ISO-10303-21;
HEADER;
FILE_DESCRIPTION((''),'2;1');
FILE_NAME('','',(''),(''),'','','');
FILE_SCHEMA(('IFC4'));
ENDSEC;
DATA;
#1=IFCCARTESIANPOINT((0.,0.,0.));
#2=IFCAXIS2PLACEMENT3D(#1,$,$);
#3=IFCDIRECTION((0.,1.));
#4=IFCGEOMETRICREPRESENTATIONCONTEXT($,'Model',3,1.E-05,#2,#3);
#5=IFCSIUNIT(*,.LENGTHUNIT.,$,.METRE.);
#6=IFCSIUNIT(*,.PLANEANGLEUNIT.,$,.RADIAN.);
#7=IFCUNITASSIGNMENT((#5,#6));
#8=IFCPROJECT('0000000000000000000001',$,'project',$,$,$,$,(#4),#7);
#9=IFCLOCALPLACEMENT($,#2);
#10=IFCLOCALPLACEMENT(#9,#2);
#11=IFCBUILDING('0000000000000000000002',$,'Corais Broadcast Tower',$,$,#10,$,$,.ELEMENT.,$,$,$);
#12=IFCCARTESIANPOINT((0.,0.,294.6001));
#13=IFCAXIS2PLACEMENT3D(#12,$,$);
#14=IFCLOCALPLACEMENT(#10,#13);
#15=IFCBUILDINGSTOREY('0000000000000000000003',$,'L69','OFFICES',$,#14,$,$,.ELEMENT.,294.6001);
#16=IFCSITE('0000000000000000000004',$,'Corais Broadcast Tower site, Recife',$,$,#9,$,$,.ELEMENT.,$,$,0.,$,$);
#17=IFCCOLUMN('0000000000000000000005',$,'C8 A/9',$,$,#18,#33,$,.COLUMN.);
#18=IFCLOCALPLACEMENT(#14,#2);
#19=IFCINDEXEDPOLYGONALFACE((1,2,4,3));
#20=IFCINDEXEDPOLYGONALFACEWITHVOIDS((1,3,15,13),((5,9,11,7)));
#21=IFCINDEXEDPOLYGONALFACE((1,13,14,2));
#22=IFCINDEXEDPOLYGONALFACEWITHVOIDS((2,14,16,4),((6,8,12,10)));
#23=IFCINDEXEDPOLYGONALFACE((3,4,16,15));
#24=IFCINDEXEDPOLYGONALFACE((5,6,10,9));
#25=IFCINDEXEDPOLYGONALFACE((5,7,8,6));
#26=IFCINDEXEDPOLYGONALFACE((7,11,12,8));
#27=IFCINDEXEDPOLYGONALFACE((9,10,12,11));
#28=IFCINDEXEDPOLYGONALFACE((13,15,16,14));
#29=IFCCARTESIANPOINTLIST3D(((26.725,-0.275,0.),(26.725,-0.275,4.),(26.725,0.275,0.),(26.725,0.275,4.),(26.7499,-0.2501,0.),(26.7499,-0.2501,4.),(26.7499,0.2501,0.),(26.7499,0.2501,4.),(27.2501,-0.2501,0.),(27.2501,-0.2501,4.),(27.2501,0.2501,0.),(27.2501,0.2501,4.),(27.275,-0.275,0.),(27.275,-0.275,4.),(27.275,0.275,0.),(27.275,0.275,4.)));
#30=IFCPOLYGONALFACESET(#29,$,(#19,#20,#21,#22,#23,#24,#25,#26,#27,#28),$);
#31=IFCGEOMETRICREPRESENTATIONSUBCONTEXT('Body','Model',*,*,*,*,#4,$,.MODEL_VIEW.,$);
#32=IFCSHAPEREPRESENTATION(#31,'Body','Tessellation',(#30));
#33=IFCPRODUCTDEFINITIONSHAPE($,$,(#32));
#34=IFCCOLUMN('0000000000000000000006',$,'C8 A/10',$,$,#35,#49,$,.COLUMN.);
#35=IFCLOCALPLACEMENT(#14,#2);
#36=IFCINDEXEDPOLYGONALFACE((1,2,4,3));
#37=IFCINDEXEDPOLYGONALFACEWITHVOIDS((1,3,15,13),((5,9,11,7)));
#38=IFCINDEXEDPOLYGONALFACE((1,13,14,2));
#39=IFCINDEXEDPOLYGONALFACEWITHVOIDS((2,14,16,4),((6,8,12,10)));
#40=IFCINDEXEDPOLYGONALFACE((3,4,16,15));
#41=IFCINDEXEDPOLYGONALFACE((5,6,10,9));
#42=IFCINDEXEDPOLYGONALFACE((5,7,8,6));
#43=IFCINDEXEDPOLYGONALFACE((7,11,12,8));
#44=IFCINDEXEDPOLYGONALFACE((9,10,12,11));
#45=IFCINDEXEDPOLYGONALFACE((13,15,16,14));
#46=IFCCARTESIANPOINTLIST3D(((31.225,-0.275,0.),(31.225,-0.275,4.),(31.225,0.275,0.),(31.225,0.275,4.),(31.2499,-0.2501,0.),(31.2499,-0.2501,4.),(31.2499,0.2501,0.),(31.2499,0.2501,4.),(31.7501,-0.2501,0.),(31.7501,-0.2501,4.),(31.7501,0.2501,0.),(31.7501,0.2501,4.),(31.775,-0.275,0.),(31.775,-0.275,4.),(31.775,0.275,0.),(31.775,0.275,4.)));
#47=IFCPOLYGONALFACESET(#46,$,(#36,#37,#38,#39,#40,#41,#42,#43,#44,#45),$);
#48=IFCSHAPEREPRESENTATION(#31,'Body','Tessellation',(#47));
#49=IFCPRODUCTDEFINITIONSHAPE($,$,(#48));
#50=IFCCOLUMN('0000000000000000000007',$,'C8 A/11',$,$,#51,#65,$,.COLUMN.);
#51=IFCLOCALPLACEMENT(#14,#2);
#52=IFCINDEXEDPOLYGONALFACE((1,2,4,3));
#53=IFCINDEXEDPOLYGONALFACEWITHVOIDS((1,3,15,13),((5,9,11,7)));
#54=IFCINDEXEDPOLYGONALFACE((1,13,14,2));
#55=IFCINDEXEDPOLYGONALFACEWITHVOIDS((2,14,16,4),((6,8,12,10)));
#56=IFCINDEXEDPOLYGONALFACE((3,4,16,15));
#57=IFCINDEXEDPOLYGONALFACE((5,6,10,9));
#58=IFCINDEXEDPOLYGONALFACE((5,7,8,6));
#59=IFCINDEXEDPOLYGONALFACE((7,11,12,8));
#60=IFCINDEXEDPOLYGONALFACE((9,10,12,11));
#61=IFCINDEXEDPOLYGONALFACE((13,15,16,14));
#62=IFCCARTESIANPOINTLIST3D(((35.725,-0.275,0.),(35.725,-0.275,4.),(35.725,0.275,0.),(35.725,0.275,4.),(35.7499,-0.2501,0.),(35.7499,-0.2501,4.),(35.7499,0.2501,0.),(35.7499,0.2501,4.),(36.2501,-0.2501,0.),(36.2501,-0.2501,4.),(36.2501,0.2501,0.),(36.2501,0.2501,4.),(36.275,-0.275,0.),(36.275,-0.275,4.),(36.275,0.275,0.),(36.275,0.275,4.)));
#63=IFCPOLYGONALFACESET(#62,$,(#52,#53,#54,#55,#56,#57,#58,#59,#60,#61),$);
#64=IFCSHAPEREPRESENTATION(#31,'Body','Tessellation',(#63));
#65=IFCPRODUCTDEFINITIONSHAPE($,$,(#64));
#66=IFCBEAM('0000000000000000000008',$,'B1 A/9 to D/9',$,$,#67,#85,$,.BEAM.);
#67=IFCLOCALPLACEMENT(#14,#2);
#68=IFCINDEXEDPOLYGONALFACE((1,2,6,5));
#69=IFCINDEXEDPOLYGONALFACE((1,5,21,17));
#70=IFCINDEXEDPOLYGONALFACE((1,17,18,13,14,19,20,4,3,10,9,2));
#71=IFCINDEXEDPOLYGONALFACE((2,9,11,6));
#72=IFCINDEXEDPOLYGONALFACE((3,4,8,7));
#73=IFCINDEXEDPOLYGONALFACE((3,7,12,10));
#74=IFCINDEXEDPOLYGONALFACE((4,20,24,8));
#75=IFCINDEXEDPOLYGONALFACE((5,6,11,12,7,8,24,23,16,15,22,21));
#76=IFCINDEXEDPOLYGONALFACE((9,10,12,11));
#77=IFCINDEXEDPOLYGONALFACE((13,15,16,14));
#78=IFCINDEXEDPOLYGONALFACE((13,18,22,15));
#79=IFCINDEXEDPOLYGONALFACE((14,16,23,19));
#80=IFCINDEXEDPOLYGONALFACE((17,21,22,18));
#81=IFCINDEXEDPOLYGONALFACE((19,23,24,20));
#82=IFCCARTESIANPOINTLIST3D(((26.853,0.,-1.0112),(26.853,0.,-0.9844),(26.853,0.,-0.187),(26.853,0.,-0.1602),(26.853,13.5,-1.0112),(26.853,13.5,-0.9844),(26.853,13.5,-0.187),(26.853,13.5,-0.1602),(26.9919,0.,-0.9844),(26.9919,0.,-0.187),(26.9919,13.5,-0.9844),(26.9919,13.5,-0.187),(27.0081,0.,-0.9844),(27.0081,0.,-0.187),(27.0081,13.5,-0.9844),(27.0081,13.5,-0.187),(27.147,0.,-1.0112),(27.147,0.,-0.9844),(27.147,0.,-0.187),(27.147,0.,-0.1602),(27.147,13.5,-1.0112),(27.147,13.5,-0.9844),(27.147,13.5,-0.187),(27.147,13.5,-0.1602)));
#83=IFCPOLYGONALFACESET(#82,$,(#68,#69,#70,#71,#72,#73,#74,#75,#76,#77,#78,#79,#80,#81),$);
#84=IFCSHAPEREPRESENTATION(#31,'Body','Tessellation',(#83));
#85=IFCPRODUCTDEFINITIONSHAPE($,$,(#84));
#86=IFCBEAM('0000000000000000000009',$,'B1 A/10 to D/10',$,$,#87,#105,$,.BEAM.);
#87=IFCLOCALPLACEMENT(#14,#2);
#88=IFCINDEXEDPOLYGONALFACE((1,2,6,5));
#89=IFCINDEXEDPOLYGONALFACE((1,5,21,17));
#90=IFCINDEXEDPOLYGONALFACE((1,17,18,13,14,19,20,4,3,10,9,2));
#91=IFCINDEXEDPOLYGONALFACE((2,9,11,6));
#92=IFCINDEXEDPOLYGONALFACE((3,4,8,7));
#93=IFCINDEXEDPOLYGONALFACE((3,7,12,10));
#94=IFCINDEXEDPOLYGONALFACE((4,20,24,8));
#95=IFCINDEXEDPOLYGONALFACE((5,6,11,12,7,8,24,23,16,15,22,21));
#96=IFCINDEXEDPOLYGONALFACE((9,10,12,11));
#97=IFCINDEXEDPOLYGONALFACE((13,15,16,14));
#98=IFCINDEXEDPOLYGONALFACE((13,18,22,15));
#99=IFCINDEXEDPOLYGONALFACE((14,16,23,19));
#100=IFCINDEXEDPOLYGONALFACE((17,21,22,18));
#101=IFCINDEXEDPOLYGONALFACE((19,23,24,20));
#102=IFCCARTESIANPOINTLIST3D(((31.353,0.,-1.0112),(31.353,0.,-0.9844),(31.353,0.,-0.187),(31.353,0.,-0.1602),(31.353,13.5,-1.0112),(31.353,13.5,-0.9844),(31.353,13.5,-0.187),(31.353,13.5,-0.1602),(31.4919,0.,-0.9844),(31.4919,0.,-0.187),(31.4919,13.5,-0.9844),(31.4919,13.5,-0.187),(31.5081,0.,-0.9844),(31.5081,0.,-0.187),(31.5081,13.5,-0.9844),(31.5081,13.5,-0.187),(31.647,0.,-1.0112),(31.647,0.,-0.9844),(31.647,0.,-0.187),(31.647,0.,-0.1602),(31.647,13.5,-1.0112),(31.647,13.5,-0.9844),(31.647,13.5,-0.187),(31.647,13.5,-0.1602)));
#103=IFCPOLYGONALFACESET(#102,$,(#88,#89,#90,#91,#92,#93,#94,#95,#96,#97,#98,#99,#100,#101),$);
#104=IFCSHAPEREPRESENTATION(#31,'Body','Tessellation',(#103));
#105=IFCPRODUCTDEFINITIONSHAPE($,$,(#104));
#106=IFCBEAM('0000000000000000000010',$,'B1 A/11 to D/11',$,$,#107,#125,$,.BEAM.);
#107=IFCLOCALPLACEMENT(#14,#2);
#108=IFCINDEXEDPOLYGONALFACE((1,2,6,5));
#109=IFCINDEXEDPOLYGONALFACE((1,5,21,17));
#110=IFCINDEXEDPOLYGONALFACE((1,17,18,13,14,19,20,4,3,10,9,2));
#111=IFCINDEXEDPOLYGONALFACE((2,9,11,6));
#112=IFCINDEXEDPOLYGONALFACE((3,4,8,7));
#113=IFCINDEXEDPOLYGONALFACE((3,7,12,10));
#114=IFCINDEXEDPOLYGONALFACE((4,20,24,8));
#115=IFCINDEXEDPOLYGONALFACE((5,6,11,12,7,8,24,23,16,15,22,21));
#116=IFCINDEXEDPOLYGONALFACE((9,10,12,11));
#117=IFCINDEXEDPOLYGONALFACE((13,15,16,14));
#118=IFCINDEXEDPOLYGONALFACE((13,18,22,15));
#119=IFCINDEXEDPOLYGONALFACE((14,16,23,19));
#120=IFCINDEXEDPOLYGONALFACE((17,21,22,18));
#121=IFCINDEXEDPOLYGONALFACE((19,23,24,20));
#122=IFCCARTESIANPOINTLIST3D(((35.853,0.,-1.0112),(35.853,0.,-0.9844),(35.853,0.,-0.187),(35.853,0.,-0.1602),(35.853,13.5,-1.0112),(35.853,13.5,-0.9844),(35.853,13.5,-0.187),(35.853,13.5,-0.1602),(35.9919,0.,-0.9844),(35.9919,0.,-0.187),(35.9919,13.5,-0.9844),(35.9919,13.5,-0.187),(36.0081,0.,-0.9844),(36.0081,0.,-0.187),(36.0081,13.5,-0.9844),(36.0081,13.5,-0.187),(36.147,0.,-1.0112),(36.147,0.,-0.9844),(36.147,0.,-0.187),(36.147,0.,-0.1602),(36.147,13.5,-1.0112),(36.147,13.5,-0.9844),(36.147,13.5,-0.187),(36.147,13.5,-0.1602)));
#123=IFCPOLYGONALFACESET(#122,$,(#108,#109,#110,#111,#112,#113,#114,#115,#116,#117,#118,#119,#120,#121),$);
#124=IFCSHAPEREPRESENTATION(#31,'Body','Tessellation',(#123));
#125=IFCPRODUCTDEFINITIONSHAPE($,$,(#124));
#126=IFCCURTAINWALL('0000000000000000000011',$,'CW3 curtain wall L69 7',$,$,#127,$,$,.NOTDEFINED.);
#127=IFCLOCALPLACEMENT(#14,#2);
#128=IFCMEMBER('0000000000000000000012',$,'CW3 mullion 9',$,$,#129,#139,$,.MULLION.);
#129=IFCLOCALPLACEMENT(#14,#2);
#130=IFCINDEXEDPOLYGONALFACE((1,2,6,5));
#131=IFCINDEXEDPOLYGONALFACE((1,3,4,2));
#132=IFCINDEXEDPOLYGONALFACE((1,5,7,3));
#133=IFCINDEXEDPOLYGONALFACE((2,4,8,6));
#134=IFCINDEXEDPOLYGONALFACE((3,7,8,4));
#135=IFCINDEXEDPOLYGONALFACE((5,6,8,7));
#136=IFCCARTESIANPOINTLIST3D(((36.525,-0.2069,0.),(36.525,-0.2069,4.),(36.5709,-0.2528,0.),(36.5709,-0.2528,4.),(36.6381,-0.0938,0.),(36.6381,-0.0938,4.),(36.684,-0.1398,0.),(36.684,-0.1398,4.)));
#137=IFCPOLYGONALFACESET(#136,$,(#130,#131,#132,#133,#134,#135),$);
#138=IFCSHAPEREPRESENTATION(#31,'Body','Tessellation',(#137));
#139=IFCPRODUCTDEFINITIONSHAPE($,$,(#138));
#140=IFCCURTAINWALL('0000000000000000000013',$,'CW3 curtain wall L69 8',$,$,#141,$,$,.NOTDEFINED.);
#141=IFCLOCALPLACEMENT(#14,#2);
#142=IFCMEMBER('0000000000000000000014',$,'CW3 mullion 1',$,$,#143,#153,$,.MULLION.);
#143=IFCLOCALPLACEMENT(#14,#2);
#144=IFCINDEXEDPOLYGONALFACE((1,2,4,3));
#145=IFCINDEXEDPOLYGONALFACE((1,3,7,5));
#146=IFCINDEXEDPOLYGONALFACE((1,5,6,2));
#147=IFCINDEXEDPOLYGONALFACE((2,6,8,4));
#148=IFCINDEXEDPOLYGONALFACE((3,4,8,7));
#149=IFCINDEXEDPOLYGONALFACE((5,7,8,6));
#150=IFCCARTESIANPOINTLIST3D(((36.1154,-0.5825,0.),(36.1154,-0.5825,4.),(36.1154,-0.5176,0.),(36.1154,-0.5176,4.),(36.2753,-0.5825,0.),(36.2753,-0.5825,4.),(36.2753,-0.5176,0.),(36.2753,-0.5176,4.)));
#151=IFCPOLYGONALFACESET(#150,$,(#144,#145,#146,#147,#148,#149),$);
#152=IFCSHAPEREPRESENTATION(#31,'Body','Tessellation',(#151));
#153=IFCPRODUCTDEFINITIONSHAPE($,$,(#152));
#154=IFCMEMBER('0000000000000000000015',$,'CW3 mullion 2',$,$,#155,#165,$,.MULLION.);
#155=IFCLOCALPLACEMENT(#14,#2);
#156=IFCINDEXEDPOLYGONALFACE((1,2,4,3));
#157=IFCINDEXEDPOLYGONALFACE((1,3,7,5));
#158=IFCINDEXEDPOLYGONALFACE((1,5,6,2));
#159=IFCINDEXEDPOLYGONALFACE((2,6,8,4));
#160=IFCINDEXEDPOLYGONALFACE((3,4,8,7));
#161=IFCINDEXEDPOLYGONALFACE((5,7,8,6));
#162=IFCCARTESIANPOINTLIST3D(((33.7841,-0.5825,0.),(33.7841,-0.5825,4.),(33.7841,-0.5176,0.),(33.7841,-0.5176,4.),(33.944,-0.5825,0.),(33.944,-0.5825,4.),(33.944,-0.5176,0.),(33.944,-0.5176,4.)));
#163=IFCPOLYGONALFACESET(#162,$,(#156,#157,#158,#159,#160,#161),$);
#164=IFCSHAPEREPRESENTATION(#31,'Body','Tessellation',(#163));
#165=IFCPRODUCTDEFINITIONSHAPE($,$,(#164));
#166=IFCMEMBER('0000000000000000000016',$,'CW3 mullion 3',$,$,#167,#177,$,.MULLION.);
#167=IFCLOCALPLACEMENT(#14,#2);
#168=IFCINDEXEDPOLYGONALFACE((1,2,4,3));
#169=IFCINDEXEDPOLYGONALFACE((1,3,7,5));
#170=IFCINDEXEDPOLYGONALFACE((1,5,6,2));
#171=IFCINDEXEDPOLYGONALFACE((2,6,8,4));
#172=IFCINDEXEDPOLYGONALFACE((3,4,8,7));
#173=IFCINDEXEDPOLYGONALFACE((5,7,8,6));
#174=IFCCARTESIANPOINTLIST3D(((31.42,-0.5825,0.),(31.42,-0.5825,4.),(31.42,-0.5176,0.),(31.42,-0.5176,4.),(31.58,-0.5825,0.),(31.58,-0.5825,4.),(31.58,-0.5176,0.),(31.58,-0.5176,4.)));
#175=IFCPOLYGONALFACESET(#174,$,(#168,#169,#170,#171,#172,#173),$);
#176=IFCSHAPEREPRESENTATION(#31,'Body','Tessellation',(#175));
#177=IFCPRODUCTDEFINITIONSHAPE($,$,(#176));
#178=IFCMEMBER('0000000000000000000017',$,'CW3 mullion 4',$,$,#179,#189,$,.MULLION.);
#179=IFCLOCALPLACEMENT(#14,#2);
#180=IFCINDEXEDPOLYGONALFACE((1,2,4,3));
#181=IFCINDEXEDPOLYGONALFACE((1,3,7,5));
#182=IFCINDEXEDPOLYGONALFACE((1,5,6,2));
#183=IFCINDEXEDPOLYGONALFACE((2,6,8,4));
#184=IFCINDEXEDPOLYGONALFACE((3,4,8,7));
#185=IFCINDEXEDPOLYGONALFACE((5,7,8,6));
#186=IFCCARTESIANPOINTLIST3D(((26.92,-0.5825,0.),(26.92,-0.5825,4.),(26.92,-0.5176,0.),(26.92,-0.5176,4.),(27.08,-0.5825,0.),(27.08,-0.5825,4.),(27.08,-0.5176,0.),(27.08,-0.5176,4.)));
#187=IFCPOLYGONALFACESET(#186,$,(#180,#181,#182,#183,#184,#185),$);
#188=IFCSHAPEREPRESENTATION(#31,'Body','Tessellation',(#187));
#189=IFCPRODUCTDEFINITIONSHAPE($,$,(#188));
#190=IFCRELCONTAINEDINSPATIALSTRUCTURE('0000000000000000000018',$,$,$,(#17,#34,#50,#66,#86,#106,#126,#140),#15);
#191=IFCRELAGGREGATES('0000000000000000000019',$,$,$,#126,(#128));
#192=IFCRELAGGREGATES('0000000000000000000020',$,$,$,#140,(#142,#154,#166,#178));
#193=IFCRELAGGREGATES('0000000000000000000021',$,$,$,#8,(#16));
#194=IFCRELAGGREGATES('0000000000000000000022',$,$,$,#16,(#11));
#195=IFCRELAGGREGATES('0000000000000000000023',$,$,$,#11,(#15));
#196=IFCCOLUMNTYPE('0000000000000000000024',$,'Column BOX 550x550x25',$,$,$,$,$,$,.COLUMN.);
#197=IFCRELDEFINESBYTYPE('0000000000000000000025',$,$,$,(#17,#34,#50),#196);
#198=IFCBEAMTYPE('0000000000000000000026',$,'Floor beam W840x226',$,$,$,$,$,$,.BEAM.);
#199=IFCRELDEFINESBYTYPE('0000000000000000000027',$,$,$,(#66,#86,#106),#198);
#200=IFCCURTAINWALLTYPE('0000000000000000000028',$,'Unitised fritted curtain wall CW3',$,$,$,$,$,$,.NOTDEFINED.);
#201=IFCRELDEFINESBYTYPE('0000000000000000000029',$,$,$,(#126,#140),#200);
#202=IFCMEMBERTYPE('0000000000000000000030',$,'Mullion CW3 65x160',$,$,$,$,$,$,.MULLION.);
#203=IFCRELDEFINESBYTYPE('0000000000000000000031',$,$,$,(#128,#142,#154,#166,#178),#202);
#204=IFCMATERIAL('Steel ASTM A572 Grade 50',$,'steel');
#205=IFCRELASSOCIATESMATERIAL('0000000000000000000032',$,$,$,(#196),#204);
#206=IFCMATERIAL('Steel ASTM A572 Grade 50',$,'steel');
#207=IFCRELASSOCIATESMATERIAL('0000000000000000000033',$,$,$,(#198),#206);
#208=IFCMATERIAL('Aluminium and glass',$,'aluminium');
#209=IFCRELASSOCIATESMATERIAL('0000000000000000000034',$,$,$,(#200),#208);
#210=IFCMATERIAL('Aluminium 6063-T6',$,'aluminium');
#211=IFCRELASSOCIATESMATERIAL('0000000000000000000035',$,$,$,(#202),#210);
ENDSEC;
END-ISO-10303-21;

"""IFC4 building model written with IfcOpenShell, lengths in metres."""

from ifc_helpers import new_model, si_unit, direction, frame, origin, origin_2d, place, context, subcontext, project, spatial, rectangle, hollow_rectangle, i_section, extrude, material, material_profile, profile_set, type_object, element, aggregate, save


model = new_model("IFC4")

# Units and contexts
model_context = context("Model", 3, precision=1e-05, world=origin(), true_north=direction((0.0, 1.0)))
body_context = subcontext(model_context, "Body", "Model", "MODEL_VIEW")
ifc_project = project(units=[si_unit("LENGTHUNIT", "METRE"), si_unit("PLANEANGLEUNIT", "RADIAN")], contexts=[model_context])

# Site, building, storey
site_placement = place(None, origin())
site = spatial("IfcSite", under=ifc_project, at=site_placement, Name="Corais Broadcast Tower site, Recife", CompositionType="ELEMENT", RefElevation=0.0)
building_placement = place(site_placement, origin())
building = spatial("IfcBuilding", under=site, at=building_placement, Name="Corais Broadcast Tower", CompositionType="ELEMENT")
storey_placement = place(building_placement, frame((0.0, 0.0, 294.6001)))
storey = spatial("IfcBuildingStorey", under=building, at=storey_placement, Name="L69", Description="OFFICES", CompositionType="ELEMENT", Elevation=294.6001)

# Columns
ifc_material_1 = material(Name="Steel ASTM A572 Grade 50", Category="steel")
ifc_material_profile_1 = material_profile(ifc_material_1, hollow_rectangle(XDim=0.55, YDim=0.55, WallThickness=0.0249, at=origin_2d()), Name="BOX 550x550x25")
ifc_profile_set_1 = profile_set([ifc_material_profile_1], Name="Steel ASTM A572 Grade 50")
column_type = type_object("IfcColumnType", Name="Column BOX 550x550x25", PredefinedType="COLUMN", material=ifc_profile_set_1)
for number, where, z_axis, x_axis, name in (
    (1, (27.0, 0.0, 0.0), (0.0, 0.0, 1.0), (1.0, 0.0, 0.0), "C8 A/9"),
    (2, (31.5, 0.0, 0.0), (0.0, 0.0, 1.0), (1.0, 0.0, 0.0), "C8 A/10"),
    (3, (36.0, 0.0, 0.0), (0.0, 0.0, 1.0), (1.0, 0.0, 0.0), "C8 A/11"),
):
    element("IfcColumn", number, at=place(storey_placement, frame(where, z_axis=z_axis, x_axis=x_axis)), inside=storey, type_object=column_type, Name=name, PredefinedType="COLUMN", context=body_context, shape_type="SweptSolid", body=[
        extrude(hollow_rectangle(XDim=0.55, YDim=0.55, WallThickness=0.0249, at=origin_2d()), origin(), (0.0, 0.0, 1.0), 4.0),
    ])

# Beams
ifc_material_2 = material(Name="Steel ASTM A572 Grade 50", Category="steel")
ifc_material_profile_2 = material_profile(ifc_material_2, i_section(OverallWidth=0.2939, OverallDepth=0.8511, WebThickness=0.0161, FlangeThickness=0.0269, at=origin_2d()), Name="W840x226")
ifc_profile_set_2 = profile_set([ifc_material_profile_2], Name="Steel ASTM A572 Grade 50")
beam_type_1 = type_object("IfcBeamType", Name="Floor beam W840x226", PredefinedType="BEAM", material=ifc_profile_set_2)
for number, where, z_axis, x_axis, name in (
    (4, (27.0, 0.0, -0.5857), (0.0, 1.0, 0.0), (-1.0, 0.0, 0.0), "B1 A/9 to D/9"),
    (5, (31.5, 0.0, -0.5857), (0.0, 1.0, 0.0), (-1.0, 0.0, 0.0), "B1 A/10 to D/10"),
    (6, (36.0, 0.0, -0.5857), (0.0, 1.0, 0.0), (-1.0, 0.0, 0.0), "B1 A/11 to D/11"),
):
    element("IfcBeam", number, at=place(storey_placement, frame(where, z_axis=z_axis, x_axis=x_axis)), inside=storey, type_object=beam_type_1, Name=name, PredefinedType="BEAM", context=body_context, shape_type="SweptSolid", body=[
        extrude(i_section(OverallWidth=0.2939, OverallDepth=0.8511, WebThickness=0.0161, FlangeThickness=0.0269, at=origin_2d()), origin(), (0.0, 0.0, 1.0), 13.5),
    ])

# Curtain wall, member
ifc_material_3 = material(Name="Aluminium and glass", Category="aluminium")
curtain_wall_type = type_object("IfcCurtainWallType", Name="Unitised fritted curtain wall CW3", PredefinedType="NOTDEFINED", material=ifc_material_3)
curtain_wall_1_placement = place(storey_placement, origin())
curtain_wall_1 = element("IfcCurtainWall", 7, at=curtain_wall_1_placement, inside=storey, type_object=curtain_wall_type, Name="CW3 curtain wall L69 7", PredefinedType="NOTDEFINED")
ifc_material_4 = material(Name="Aluminium 6063-T6", Category="aluminium")
ifc_material_profile_3 = material_profile(ifc_material_4, rectangle(XDim=0.0649, YDim=0.1599, at=origin_2d()), Name="Mullion CW3 65x160")
ifc_profile_set_3 = profile_set([ifc_material_profile_3], Name="Aluminium 6063-T6")
member_type_1 = type_object("IfcMemberType", Name="Mullion CW3 65x160", PredefinedType="MULLION", material=ifc_profile_set_3)
member_1_placement = place(storey_placement, frame((36.6045, -0.1733, 0.0), z_axis=(0.0, 0.0, 1.0), x_axis=(0.707107, -0.707107, 0.0)))
member_1 = element("IfcMember", 8, at=member_1_placement, type_object=member_type_1, Name="CW3 mullion 9", PredefinedType="MULLION", context=body_context, shape_type="SweptSolid", body=[
    extrude(rectangle(XDim=0.0649, YDim=0.1599, at=origin_2d()), origin(), (0.0, 0.0, 1.0), 4.0),
])
aggregate(curtain_wall_1, [member_1])

# Curtain wall, members
curtain_wall_2_placement = place(storey_placement, origin())
curtain_wall_2 = element("IfcCurtainWall", 9, at=curtain_wall_2_placement, inside=storey, type_object=curtain_wall_type, Name="CW3 curtain wall L69 8", PredefinedType="NOTDEFINED")
member_2_placement = place(storey_placement, frame((36.1953, -0.55, 0.0), z_axis=(0.0, 0.0, 1.0), x_axis=(0.0, -1.0, 0.0)))
member_2 = element("IfcMember", 10, at=member_2_placement, type_object=member_type_1, Name="CW3 mullion 1", PredefinedType="MULLION", context=body_context, shape_type="SweptSolid", body=[
    extrude(rectangle(XDim=0.0649, YDim=0.1599, at=origin_2d()), origin(), (0.0, 0.0, 1.0), 4.0),
])
member_3_placement = place(storey_placement, frame((33.864, -0.55, 0.0), z_axis=(0.0, 0.0, 1.0), x_axis=(0.0, -1.0, 0.0)))
member_3 = element("IfcMember", 11, at=member_3_placement, type_object=member_type_1, Name="CW3 mullion 2", PredefinedType="MULLION", context=body_context, shape_type="SweptSolid", body=[
    extrude(rectangle(XDim=0.0649, YDim=0.1599, at=origin_2d()), origin(), (0.0, 0.0, 1.0), 4.0),
])
member_4_placement = place(storey_placement, frame((31.5, -0.55, 0.0), z_axis=(0.0, 0.0, 1.0), x_axis=(0.0, -1.0, 0.0)))
member_4 = element("IfcMember", 12, at=member_4_placement, type_object=member_type_1, Name="CW3 mullion 3", PredefinedType="MULLION", context=body_context, shape_type="SweptSolid", body=[
    extrude(rectangle(XDim=0.0649, YDim=0.1599, at=origin_2d()), origin(), (0.0, 0.0, 1.0), 4.0),
])
member_5_placement = place(storey_placement, frame((27.0, -0.55, 0.0), z_axis=(0.0, 0.0, 1.0), x_axis=(0.0, -1.0, 0.0)))
member_5 = element("IfcMember", 13, at=member_5_placement, type_object=member_type_1, Name="CW3 mullion 4", PredefinedType="MULLION", context=body_context, shape_type="SweptSolid", body=[
    extrude(rectangle(XDim=0.0649, YDim=0.1599, at=origin_2d()), origin(), (0.0, 0.0, 1.0), 4.0),
])

aggregate(curtain_wall_2, [member_2, member_3, member_4, member_5])

save(model, "model.ifc")
